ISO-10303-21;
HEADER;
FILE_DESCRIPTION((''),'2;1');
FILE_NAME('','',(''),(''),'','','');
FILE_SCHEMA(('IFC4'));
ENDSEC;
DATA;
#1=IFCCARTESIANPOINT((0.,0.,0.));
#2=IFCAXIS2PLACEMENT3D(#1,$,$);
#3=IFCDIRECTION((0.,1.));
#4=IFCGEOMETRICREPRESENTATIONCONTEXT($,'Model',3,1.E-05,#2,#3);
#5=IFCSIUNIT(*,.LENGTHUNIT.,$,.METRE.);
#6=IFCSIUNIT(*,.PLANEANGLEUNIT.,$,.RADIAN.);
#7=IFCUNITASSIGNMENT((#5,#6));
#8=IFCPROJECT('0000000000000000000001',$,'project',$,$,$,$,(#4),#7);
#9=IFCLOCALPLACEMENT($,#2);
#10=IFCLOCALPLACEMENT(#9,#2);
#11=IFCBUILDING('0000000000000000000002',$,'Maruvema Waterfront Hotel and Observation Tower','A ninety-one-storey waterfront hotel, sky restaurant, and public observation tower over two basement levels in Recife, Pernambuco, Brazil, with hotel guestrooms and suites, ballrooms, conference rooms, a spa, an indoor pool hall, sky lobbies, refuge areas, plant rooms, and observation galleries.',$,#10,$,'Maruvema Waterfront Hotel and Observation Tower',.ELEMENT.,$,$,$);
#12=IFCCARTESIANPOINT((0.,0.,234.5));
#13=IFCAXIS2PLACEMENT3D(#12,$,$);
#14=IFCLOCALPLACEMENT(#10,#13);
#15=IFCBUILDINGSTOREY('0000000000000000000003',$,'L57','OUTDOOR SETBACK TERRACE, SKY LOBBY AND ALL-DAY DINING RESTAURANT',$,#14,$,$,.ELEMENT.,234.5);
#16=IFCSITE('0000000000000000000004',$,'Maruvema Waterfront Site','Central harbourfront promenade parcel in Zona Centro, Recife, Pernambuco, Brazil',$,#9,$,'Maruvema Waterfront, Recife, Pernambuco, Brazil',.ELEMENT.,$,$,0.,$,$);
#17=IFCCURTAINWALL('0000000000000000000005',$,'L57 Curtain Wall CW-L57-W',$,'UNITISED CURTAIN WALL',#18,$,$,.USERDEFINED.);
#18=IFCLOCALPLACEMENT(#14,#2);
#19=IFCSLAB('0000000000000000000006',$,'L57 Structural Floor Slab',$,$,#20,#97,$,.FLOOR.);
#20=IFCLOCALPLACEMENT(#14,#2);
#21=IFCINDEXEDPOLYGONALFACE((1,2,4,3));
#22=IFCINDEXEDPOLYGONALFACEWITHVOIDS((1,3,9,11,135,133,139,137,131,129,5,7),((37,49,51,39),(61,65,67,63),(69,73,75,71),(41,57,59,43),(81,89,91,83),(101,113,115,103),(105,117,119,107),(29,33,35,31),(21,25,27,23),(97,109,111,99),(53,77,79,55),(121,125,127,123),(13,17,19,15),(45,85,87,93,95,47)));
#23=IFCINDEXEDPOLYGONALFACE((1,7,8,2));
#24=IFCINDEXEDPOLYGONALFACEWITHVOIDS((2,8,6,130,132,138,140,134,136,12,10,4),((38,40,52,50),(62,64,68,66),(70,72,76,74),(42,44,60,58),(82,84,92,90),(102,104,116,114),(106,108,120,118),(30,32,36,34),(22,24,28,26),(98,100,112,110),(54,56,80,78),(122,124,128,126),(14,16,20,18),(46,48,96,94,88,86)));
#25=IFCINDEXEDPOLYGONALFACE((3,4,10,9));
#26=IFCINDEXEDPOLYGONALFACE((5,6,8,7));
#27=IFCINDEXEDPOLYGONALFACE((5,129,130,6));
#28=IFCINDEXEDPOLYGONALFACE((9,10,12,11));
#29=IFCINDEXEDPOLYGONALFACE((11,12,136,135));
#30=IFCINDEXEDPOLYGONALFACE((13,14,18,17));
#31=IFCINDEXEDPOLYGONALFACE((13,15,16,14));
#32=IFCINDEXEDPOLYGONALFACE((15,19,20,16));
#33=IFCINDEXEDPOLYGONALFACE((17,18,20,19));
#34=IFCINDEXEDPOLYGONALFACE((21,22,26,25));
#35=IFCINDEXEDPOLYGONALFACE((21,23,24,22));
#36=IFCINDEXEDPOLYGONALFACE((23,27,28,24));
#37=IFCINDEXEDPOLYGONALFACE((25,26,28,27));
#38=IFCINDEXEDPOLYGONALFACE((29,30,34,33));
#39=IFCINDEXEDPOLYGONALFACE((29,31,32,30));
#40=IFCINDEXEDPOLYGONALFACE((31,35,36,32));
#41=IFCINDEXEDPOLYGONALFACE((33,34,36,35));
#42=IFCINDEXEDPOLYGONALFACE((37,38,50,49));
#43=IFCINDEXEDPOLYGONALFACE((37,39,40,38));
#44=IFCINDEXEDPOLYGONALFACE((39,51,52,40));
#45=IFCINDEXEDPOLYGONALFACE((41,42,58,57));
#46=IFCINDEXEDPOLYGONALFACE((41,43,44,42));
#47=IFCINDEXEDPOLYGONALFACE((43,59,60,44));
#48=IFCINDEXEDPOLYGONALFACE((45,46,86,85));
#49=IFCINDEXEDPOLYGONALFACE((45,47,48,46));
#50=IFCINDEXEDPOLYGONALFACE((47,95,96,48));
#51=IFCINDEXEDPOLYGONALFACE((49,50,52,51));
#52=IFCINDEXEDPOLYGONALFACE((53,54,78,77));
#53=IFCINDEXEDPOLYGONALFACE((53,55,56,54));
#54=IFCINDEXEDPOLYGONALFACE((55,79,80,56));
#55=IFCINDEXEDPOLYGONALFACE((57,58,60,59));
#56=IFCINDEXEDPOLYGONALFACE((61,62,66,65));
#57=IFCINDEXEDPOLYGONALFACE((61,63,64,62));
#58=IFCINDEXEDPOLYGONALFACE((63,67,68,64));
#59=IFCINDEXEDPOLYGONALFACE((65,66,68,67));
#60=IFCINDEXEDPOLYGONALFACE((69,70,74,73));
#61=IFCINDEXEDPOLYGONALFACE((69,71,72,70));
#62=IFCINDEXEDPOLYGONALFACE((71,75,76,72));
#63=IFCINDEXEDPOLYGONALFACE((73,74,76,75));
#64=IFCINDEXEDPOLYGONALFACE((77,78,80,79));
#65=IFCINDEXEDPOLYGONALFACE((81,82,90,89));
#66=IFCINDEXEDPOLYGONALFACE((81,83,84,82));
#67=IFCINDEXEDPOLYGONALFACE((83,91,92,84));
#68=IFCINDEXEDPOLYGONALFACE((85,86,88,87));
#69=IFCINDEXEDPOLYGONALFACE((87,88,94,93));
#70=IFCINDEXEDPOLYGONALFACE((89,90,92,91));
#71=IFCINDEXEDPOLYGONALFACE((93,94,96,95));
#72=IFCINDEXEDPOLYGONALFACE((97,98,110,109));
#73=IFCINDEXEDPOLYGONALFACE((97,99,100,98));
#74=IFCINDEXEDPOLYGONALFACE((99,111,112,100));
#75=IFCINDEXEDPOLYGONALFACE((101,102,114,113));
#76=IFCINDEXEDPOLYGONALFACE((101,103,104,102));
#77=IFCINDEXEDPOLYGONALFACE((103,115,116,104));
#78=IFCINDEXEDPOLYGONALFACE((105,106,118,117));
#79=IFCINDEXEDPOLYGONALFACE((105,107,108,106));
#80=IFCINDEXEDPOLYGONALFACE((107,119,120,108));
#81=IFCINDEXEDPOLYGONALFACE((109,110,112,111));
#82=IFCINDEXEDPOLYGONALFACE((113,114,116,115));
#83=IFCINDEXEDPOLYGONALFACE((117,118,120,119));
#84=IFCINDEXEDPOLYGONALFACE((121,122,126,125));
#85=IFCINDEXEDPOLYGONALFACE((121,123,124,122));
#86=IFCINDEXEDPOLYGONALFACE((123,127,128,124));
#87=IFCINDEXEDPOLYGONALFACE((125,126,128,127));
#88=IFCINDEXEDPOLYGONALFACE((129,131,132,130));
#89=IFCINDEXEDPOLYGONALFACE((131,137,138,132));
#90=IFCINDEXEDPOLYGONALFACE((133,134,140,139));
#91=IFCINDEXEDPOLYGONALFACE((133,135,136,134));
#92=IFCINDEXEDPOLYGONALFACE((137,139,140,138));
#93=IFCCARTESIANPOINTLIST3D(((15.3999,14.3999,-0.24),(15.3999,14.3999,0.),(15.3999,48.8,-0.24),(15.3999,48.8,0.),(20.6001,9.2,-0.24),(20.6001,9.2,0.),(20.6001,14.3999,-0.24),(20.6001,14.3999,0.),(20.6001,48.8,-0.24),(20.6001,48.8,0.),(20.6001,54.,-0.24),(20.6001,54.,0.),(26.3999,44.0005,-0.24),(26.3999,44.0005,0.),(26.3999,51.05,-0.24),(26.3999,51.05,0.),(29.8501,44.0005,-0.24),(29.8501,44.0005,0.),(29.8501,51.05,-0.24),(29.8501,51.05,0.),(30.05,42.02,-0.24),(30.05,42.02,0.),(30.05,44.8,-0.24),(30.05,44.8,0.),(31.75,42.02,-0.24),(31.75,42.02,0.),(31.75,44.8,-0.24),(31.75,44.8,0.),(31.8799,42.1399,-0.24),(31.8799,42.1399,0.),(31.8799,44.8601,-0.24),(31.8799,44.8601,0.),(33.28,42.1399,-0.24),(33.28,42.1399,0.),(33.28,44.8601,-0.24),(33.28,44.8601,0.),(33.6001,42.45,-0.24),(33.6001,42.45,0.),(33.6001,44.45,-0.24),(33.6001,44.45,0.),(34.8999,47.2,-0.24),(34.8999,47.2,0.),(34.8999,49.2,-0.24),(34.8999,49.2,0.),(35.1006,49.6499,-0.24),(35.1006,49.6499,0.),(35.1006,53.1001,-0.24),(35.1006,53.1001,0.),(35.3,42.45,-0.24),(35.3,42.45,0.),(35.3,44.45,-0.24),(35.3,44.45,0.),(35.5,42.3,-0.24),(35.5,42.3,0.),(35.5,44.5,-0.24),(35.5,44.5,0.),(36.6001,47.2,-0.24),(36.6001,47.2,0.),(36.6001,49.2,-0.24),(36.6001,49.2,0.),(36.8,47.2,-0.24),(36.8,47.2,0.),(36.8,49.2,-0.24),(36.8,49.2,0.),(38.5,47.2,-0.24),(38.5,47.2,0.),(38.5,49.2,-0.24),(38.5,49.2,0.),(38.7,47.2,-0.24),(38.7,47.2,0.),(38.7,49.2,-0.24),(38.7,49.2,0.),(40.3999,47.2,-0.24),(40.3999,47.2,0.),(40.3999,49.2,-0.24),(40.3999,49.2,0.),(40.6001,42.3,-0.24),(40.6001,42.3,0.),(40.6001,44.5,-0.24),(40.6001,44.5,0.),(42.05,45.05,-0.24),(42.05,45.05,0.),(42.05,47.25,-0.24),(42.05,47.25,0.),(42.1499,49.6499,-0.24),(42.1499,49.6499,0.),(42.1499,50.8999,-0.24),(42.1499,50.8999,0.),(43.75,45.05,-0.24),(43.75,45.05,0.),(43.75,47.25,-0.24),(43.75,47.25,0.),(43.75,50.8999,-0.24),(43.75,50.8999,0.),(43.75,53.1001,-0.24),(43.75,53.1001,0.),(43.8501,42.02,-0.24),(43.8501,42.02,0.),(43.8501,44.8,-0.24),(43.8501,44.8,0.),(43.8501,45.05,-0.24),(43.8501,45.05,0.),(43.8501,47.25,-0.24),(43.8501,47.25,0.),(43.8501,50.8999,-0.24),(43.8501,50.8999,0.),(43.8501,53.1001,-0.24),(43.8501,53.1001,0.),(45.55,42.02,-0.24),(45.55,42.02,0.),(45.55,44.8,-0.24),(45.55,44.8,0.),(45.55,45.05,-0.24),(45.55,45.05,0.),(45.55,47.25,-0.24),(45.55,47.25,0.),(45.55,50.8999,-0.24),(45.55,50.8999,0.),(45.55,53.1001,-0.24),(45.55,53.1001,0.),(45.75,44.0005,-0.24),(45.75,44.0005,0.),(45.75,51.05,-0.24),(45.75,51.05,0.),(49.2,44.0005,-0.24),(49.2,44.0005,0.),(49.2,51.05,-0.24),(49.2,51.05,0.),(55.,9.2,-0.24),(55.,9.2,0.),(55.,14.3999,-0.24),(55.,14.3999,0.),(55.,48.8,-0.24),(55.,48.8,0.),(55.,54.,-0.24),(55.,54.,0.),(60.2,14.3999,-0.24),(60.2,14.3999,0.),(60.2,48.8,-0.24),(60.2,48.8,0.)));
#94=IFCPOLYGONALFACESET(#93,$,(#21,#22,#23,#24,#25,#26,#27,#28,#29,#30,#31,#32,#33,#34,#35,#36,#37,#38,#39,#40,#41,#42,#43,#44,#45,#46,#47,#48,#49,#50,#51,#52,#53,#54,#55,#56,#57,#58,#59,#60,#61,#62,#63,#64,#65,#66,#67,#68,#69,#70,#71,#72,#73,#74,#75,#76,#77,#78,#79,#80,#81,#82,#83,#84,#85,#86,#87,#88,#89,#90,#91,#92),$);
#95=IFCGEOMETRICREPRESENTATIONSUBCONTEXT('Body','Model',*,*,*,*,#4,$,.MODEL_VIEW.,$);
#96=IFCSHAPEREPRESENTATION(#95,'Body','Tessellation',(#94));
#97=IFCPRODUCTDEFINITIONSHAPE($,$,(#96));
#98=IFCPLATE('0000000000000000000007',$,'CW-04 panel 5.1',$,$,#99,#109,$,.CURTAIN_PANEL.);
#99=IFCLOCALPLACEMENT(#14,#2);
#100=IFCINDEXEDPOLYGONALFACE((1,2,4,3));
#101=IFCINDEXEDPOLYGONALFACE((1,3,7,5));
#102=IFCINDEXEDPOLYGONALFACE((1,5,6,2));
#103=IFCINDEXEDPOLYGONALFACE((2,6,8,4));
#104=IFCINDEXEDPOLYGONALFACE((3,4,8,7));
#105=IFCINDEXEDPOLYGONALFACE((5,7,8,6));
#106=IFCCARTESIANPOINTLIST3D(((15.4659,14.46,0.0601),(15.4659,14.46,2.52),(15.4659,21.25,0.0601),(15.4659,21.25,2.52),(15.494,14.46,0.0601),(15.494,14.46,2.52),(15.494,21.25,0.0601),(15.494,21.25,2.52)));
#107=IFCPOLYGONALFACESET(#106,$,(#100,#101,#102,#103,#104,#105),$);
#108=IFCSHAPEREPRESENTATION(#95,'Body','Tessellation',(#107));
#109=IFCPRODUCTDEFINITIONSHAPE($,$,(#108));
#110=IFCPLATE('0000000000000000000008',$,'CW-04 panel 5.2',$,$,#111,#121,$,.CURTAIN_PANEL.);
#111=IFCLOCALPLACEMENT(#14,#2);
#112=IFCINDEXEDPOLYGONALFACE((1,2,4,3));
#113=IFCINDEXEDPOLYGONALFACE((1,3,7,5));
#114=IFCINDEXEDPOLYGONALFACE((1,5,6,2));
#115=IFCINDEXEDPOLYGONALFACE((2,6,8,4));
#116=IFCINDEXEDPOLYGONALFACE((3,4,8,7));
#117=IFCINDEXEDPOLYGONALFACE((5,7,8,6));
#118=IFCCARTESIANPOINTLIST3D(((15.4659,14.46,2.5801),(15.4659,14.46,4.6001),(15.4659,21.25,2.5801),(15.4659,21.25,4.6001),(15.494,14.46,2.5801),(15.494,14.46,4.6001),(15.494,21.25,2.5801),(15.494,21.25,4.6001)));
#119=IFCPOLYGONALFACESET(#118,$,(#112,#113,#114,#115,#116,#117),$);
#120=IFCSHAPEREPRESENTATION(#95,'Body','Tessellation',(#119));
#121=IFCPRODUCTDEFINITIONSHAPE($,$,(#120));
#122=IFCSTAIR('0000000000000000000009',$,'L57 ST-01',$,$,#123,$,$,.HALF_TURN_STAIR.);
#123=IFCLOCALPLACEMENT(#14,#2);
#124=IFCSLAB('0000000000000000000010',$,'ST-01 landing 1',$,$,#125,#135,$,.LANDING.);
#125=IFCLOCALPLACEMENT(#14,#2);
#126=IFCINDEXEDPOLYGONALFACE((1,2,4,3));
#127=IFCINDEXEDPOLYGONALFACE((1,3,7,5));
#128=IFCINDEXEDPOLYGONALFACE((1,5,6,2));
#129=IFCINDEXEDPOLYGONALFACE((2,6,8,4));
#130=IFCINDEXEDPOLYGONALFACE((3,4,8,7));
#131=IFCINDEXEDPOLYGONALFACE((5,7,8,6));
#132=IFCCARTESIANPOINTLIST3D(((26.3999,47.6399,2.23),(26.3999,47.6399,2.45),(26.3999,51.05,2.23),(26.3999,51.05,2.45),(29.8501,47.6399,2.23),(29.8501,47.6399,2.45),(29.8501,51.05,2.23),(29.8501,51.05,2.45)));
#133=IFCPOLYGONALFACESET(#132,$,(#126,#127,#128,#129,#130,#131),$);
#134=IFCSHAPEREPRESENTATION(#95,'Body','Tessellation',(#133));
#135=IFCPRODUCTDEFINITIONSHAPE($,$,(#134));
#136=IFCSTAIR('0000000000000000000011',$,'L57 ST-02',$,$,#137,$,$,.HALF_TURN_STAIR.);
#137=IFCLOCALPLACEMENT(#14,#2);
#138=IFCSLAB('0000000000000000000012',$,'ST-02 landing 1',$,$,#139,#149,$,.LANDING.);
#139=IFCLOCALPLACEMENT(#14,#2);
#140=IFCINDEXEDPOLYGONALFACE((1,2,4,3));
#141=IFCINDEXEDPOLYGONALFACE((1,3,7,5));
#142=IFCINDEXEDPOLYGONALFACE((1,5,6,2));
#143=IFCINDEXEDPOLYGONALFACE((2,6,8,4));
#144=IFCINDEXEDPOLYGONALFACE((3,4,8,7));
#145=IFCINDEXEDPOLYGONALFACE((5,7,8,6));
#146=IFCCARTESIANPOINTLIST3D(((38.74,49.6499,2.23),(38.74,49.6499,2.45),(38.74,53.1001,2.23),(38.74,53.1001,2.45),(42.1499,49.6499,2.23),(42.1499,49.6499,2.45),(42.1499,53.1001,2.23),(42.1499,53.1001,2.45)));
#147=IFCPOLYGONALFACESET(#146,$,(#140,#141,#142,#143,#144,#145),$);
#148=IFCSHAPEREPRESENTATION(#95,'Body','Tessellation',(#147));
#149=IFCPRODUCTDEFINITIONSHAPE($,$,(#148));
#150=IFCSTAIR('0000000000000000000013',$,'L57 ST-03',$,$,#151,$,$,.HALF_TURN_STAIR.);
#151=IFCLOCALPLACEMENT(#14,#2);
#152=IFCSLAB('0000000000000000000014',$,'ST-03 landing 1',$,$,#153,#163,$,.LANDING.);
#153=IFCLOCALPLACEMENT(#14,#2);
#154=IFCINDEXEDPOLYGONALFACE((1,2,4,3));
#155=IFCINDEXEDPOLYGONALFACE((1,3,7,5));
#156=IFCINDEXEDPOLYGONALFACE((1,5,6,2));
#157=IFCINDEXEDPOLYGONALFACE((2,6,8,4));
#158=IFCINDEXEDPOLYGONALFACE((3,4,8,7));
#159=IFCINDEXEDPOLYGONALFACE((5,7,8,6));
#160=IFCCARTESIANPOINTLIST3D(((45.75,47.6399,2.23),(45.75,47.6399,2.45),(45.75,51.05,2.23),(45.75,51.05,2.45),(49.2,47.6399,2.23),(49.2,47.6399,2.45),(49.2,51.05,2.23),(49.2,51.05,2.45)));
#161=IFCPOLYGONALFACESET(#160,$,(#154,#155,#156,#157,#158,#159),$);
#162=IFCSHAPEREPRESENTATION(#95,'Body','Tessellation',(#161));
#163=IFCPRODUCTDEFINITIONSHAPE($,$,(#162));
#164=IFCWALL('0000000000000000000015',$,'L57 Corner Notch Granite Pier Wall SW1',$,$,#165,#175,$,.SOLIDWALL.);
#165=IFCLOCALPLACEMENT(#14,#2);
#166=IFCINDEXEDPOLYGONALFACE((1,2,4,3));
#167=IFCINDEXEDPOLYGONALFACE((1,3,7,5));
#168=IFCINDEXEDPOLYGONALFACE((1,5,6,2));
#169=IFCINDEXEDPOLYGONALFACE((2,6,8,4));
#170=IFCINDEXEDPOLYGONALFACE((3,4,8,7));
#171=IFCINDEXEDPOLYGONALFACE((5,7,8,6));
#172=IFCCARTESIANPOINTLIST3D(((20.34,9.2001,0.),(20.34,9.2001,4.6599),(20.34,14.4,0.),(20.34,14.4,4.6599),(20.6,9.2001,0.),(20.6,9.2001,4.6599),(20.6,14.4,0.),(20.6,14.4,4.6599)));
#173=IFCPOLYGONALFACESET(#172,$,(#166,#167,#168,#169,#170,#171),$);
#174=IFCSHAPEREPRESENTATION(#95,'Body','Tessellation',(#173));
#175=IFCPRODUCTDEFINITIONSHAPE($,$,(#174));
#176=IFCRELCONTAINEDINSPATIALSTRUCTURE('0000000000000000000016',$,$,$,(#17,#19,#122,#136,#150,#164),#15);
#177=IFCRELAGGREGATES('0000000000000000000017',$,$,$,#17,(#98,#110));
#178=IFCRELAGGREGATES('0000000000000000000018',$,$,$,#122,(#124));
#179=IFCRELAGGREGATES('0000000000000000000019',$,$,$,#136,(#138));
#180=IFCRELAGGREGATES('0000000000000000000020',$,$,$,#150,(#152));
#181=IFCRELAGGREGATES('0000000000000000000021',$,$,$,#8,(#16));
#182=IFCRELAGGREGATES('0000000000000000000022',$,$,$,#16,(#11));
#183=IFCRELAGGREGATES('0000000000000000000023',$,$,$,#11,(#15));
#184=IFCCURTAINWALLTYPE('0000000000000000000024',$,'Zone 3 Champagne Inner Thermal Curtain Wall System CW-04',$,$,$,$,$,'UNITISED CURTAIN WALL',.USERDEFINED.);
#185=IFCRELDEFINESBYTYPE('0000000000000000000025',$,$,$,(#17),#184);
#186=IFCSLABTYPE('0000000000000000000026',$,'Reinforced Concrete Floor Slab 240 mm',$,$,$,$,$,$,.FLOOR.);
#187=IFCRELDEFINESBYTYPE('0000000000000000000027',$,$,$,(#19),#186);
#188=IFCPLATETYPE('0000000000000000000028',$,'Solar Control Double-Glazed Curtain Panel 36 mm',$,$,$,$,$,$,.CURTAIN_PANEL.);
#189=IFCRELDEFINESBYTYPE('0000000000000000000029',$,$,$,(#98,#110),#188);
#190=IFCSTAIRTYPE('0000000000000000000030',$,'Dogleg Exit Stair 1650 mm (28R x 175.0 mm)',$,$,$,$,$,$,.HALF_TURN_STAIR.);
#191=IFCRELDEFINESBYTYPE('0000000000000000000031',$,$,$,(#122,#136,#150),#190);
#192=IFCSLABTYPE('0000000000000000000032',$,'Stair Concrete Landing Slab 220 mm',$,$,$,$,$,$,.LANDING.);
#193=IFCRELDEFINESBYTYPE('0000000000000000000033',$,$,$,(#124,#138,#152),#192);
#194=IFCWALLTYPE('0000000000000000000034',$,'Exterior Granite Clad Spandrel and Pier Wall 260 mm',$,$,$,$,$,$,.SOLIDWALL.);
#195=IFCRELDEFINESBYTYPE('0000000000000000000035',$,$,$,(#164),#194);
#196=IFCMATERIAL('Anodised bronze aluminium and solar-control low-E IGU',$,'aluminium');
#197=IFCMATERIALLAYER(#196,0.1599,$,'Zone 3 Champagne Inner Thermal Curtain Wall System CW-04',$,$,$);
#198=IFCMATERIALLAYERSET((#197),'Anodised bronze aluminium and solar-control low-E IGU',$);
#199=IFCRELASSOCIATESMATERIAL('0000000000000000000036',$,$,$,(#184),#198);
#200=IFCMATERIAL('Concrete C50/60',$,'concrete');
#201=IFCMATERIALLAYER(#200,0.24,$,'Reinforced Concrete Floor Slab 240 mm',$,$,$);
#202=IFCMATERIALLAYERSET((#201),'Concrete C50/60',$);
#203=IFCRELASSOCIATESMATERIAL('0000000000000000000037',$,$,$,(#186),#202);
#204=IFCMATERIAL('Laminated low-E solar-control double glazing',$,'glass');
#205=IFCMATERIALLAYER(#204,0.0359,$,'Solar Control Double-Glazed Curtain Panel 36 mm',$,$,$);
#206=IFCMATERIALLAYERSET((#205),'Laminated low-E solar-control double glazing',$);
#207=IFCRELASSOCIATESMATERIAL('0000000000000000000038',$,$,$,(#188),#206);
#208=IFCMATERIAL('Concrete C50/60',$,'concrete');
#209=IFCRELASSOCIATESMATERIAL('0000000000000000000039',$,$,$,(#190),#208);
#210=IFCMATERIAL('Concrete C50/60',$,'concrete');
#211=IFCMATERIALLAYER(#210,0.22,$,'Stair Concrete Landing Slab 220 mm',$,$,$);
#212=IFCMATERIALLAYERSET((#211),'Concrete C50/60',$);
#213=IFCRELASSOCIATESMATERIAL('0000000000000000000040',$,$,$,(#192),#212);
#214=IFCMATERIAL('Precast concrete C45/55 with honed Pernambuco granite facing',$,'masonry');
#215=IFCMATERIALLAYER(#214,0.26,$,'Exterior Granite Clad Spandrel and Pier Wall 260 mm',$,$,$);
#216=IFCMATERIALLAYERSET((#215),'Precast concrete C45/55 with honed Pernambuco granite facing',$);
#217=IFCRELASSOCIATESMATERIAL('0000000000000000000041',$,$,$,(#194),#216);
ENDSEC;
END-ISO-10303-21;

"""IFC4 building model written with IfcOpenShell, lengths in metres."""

from ifc_helpers import new_model, si_unit, direction, frame, frame_2d, origin, origin_2d, place, context, subcontext, project, spatial, polyline, rectangle, outline, extrude, material, layer, layer_set, type_object, element, aggregate, save


model = new_model("IFC4")

# Units and contexts
model_context = context("Model", 3, precision=1e-05, world=origin(), true_north=direction((0.0, 1.0)))
body_context = subcontext(model_context, "Body", "Model", "MODEL_VIEW")
ifc_project = project(units=[si_unit("LENGTHUNIT", "METRE"), si_unit("PLANEANGLEUNIT", "RADIAN")], contexts=[model_context])

# Site, building, storey
site_placement = place(None, origin())
site = spatial("IfcSite", under=ifc_project, at=site_placement, Name="Maruvema Waterfront Site", Description="Central harbourfront promenade parcel in Zona Centro, Recife, Pernambuco, Brazil", LongName="Maruvema Waterfront, Recife, Pernambuco, Brazil", CompositionType="ELEMENT", RefElevation=0.0)
building_placement = place(site_placement, origin())
building = spatial("IfcBuilding", under=site, at=building_placement, Name="Maruvema Waterfront Hotel and Observation Tower", Description="A ninety-one-storey waterfront hotel, sky restaurant, and public observation tower over two basement levels in Recife, Pernambuco, Brazil, with hotel guestrooms and suites, ballrooms, conference rooms, a spa, an indoor pool hall, sky lobbies, refuge areas, plant rooms, and observation galleries.", LongName="Maruvema Waterfront Hotel and Observation Tower", CompositionType="ELEMENT")
storey_placement = place(building_placement, frame((0.0, 0.0, 234.5)))
storey = spatial("IfcBuildingStorey", under=building, at=storey_placement, Name="L57", Description="OUTDOOR SETBACK TERRACE, SKY LOBBY AND ALL-DAY DINING RESTAURANT", CompositionType="ELEMENT", Elevation=234.5)

# Curtain wall
ifc_material_1 = material(Name="Anodised bronze aluminium and solar-control low-E IGU", Category="aluminium")
ifc_layer_1 = layer(ifc_material_1, 0.1599, Name="Zone 3 Champagne Inner Thermal Curtain Wall System CW-04")
ifc_layer_set_1 = layer_set([ifc_layer_1], Name="Anodised bronze aluminium and solar-control low-E IGU")
curtain_wall_type = type_object("IfcCurtainWallType", Name="Zone 3 Champagne Inner Thermal Curtain Wall System CW-04", ElementType="UNITISED CURTAIN WALL", PredefinedType="USERDEFINED", material=ifc_layer_set_1)
curtain_wall_placement = place(storey_placement, origin())
curtain_wall = element("IfcCurtainWall", 1, at=curtain_wall_placement, inside=storey, type_object=curtain_wall_type, Name="L57 Curtain Wall CW-L57-W", ObjectType="UNITISED CURTAIN WALL", PredefinedType="USERDEFINED")

# Slab
ifc_material_2 = material(Name="Concrete C50/60", Category="concrete")
ifc_layer_2 = layer(ifc_material_2, 0.24, Name="Reinforced Concrete Floor Slab 240 mm")
ifc_layer_set_2 = layer_set([ifc_layer_2], Name="Concrete C50/60")
slab_type_1 = type_object("IfcSlabType", Name="Reinforced Concrete Floor Slab 240 mm", PredefinedType="FLOOR", material=ifc_layer_set_2)
slab_1_placement = place(storey_placement, frame((0.0, 0.0, -0.24)))
element("IfcSlab", 2, at=slab_1_placement, inside=storey, type_object=slab_type_1, Name="L57 Structural Floor Slab", PredefinedType="FLOOR", context=body_context, shape_type="SweptSolid", body=[
    extrude(outline(polyline([(20.6001, 9.2), (55.0, 9.2), (55.0, 14.3999), (60.2, 14.3999), (60.2, 48.8), (55.0, 48.8), (55.0, 54.0), (20.6001, 54.0), (20.6001, 48.8), (15.3999, 48.8), (15.3999, 14.3999), (20.6001, 14.3999), (20.6001, 9.2)]), holes=[polyline([(26.3999, 44.0005), (26.3999, 51.05), (29.8501, 51.05), (29.8501, 44.0005), (26.3999, 44.0005)]), polyline([(30.05, 44.8), (31.75, 44.8), (31.75, 42.02), (30.05, 42.02), (30.05, 44.8)]), polyline([(31.8799, 44.8601), (33.28, 44.8601), (33.28, 42.1399), (31.8799, 42.1399), (31.8799, 44.8601)]), polyline([(33.6001, 44.45), (35.3, 44.45), (35.3, 42.45), (33.6001, 42.45), (33.6001, 44.45)]), polyline([(34.8999, 49.2), (36.6001, 49.2), (36.6001, 47.2), (34.8999, 47.2), (34.8999, 49.2)]), polyline([(36.8, 49.2), (38.5, 49.2), (38.5, 47.2), (36.8, 47.2), (36.8, 49.2)]), polyline([(35.5, 42.3), (35.5, 44.5), (40.6001, 44.5), (40.6001, 42.3), (35.5, 42.3)]), polyline([(35.1006, 53.1001), (43.75, 53.1001), (43.75, 50.8999), (42.1499, 50.8999), (42.1499, 49.6499), (35.1006, 49.6499), (35.1006, 53.1001)]), polyline([(38.7, 49.2), (40.3999, 49.2), (40.3999, 47.2), (38.7, 47.2), (38.7, 49.2)]), polyline([(42.05, 47.25), (43.75, 47.25), (43.75, 45.05), (42.05, 45.05), (42.05, 47.25)]), polyline([(43.8501, 44.8), (45.55, 44.8), (45.55, 42.02), (43.8501, 42.02), (43.8501, 44.8)]), polyline([(43.8501, 47.25), (45.55, 47.25), (45.55, 45.05), (43.8501, 45.05), (43.8501, 47.25)]), polyline([(45.55, 53.1001), (45.55, 50.8999), (43.8501, 50.8999), (43.8501, 53.1001), (45.55, 53.1001)]), polyline([(45.75, 44.0005), (45.75, 51.05), (49.2, 51.05), (49.2, 44.0005), (45.75, 44.0005)])]), origin(), (0.0, 0.0, 1.0), 0.24),
])

# Plates
ifc_material_3 = material(Name="Laminated low-E solar-control double glazing", Category="glass")
ifc_layer_3 = layer(ifc_material_3, 0.0359, Name="Solar Control Double-Glazed Curtain Panel 36 mm")
ifc_layer_set_3 = layer_set([ifc_layer_3], Name="Laminated low-E solar-control double glazing")
plate_type = type_object("IfcPlateType", Name="Solar Control Double-Glazed Curtain Panel 36 mm", PredefinedType="CURTAIN_PANEL", material=ifc_layer_set_3)
plate_1_placement = place(storey_placement, frame((15.48, 17.855, 0.0601), z_axis=(0.0, 0.0, 1.0), x_axis=(0.0, -1.0, 0.0)))
plate_1 = element("IfcPlate", 3, at=plate_1_placement, type_object=plate_type, Name="CW-04 panel 5.1", PredefinedType="CURTAIN_PANEL", context=body_context, shape_type="SweptSolid", body=[
    extrude(rectangle(XDim=6.79, YDim=0.0281, at=origin_2d()), origin(), (0.0, 0.0, 1.0), 2.46),
])
plate_2_placement = place(storey_placement, frame((15.48, 17.855, 2.5801), z_axis=(0.0, 0.0, 1.0), x_axis=(0.0, -1.0, 0.0)))
plate_2 = element("IfcPlate", 4, at=plate_2_placement, type_object=plate_type, Name="CW-04 panel 5.2", PredefinedType="CURTAIN_PANEL", context=body_context, shape_type="SweptSolid", body=[
    extrude(rectangle(XDim=6.79, YDim=0.0281, at=origin_2d()), origin(), (0.0, 0.0, 1.0), 2.02),
])
aggregate(curtain_wall, [plate_1, plate_2])

# Stairs, slabs
ifc_material_4 = material(Name="Concrete C50/60", Category="concrete")
stair_type = type_object("IfcStairType", Name="Dogleg Exit Stair 1650 mm (28R x 175.0 mm)", PredefinedType="HALF_TURN_STAIR", material=ifc_material_4)
stair_1_placement = place(storey_placement, origin())
stair_1 = element("IfcStair", 5, at=stair_1_placement, inside=storey, type_object=stair_type, Name="L57 ST-01", PredefinedType="HALF_TURN_STAIR")
ifc_material_5 = material(Name="Concrete C50/60", Category="concrete")
ifc_layer_4 = layer(ifc_material_5, 0.22, Name="Stair Concrete Landing Slab 220 mm")
ifc_layer_set_4 = layer_set([ifc_layer_4], Name="Concrete C50/60")
slab_type_2 = type_object("IfcSlabType", Name="Stair Concrete Landing Slab 220 mm", PredefinedType="LANDING", material=ifc_layer_set_4)
slab_2_placement = place(storey_placement, frame((0.0, 0.0, 2.23)))
slab_2 = element("IfcSlab", 6, at=slab_2_placement, type_object=slab_type_2, Name="ST-01 landing 1", PredefinedType="LANDING", context=body_context, shape_type="SweptSolid", body=[
    extrude(outline(polyline([(29.8501, 47.6399), (29.8501, 51.05), (26.3999, 51.05), (26.3999, 47.6399), (29.8501, 47.6399)])), origin(), (0.0, 0.0, 1.0), 0.22),
])
aggregate(stair_1, [slab_2])
stair_2_placement = place(storey_placement, origin())
stair_2 = element("IfcStair", 7, at=stair_2_placement, inside=storey, type_object=stair_type, Name="L57 ST-02", PredefinedType="HALF_TURN_STAIR")
slab_3_placement = place(storey_placement, frame((0.0, 0.0, 2.23)))
slab_3 = element("IfcSlab", 8, at=slab_3_placement, type_object=slab_type_2, Name="ST-02 landing 1", PredefinedType="LANDING", context=body_context, shape_type="SweptSolid", body=[
    extrude(outline(polyline([(38.74, 49.6499), (42.1499, 49.6499), (42.1499, 53.1001), (38.74, 53.1001), (38.74, 49.6499)])), origin(), (0.0, 0.0, 1.0), 0.22),
])
aggregate(stair_2, [slab_3])
stair_3_placement = place(storey_placement, origin())
stair_3 = element("IfcStair", 9, at=stair_3_placement, inside=storey, type_object=stair_type, Name="L57 ST-03", PredefinedType="HALF_TURN_STAIR")
slab_4_placement = place(storey_placement, frame((0.0, 0.0, 2.23)))
slab_4 = element("IfcSlab", 10, at=slab_4_placement, type_object=slab_type_2, Name="ST-03 landing 1", PredefinedType="LANDING", context=body_context, shape_type="SweptSolid", body=[
    extrude(outline(polyline([(49.2, 47.6399), (49.2, 51.05), (45.75, 51.05), (45.75, 47.6399), (49.2, 47.6399)])), origin(), (0.0, 0.0, 1.0), 0.22),
])
aggregate(stair_3, [slab_4])

# Wall
ifc_material_6 = material(Name="Precast concrete C45/55 with honed Pernambuco granite facing", Category="masonry")
ifc_layer_5 = layer(ifc_material_6, 0.26, Name="Exterior Granite Clad Spandrel and Pier Wall 260 mm")
ifc_layer_set_5 = layer_set([ifc_layer_5], Name="Precast concrete C45/55 with honed Pernambuco granite facing")
wall_type = type_object("IfcWallType", Name="Exterior Granite Clad Spandrel and Pier Wall 260 mm", PredefinedType="SOLIDWALL", material=ifc_layer_set_5)
wall_placement = place(storey_placement, frame((20.47, 9.2, 0.0), z_axis=(0.0, 0.0, 1.0), x_axis=(0.0, 1.0, 0.0)))
element("IfcWall", 11, at=wall_placement, inside=storey, type_object=wall_type, Name="L57 Corner Notch Granite Pier Wall SW1", PredefinedType="SOLIDWALL", context=body_context, shape_type="SweptSolid", body=[
    extrude(rectangle(XDim=5.2, YDim=0.26, at=frame_2d((2.6001, 0.0))), origin(), (0.0, 0.0, 1.0), 4.6599),
])

save(model, "model.ifc")
